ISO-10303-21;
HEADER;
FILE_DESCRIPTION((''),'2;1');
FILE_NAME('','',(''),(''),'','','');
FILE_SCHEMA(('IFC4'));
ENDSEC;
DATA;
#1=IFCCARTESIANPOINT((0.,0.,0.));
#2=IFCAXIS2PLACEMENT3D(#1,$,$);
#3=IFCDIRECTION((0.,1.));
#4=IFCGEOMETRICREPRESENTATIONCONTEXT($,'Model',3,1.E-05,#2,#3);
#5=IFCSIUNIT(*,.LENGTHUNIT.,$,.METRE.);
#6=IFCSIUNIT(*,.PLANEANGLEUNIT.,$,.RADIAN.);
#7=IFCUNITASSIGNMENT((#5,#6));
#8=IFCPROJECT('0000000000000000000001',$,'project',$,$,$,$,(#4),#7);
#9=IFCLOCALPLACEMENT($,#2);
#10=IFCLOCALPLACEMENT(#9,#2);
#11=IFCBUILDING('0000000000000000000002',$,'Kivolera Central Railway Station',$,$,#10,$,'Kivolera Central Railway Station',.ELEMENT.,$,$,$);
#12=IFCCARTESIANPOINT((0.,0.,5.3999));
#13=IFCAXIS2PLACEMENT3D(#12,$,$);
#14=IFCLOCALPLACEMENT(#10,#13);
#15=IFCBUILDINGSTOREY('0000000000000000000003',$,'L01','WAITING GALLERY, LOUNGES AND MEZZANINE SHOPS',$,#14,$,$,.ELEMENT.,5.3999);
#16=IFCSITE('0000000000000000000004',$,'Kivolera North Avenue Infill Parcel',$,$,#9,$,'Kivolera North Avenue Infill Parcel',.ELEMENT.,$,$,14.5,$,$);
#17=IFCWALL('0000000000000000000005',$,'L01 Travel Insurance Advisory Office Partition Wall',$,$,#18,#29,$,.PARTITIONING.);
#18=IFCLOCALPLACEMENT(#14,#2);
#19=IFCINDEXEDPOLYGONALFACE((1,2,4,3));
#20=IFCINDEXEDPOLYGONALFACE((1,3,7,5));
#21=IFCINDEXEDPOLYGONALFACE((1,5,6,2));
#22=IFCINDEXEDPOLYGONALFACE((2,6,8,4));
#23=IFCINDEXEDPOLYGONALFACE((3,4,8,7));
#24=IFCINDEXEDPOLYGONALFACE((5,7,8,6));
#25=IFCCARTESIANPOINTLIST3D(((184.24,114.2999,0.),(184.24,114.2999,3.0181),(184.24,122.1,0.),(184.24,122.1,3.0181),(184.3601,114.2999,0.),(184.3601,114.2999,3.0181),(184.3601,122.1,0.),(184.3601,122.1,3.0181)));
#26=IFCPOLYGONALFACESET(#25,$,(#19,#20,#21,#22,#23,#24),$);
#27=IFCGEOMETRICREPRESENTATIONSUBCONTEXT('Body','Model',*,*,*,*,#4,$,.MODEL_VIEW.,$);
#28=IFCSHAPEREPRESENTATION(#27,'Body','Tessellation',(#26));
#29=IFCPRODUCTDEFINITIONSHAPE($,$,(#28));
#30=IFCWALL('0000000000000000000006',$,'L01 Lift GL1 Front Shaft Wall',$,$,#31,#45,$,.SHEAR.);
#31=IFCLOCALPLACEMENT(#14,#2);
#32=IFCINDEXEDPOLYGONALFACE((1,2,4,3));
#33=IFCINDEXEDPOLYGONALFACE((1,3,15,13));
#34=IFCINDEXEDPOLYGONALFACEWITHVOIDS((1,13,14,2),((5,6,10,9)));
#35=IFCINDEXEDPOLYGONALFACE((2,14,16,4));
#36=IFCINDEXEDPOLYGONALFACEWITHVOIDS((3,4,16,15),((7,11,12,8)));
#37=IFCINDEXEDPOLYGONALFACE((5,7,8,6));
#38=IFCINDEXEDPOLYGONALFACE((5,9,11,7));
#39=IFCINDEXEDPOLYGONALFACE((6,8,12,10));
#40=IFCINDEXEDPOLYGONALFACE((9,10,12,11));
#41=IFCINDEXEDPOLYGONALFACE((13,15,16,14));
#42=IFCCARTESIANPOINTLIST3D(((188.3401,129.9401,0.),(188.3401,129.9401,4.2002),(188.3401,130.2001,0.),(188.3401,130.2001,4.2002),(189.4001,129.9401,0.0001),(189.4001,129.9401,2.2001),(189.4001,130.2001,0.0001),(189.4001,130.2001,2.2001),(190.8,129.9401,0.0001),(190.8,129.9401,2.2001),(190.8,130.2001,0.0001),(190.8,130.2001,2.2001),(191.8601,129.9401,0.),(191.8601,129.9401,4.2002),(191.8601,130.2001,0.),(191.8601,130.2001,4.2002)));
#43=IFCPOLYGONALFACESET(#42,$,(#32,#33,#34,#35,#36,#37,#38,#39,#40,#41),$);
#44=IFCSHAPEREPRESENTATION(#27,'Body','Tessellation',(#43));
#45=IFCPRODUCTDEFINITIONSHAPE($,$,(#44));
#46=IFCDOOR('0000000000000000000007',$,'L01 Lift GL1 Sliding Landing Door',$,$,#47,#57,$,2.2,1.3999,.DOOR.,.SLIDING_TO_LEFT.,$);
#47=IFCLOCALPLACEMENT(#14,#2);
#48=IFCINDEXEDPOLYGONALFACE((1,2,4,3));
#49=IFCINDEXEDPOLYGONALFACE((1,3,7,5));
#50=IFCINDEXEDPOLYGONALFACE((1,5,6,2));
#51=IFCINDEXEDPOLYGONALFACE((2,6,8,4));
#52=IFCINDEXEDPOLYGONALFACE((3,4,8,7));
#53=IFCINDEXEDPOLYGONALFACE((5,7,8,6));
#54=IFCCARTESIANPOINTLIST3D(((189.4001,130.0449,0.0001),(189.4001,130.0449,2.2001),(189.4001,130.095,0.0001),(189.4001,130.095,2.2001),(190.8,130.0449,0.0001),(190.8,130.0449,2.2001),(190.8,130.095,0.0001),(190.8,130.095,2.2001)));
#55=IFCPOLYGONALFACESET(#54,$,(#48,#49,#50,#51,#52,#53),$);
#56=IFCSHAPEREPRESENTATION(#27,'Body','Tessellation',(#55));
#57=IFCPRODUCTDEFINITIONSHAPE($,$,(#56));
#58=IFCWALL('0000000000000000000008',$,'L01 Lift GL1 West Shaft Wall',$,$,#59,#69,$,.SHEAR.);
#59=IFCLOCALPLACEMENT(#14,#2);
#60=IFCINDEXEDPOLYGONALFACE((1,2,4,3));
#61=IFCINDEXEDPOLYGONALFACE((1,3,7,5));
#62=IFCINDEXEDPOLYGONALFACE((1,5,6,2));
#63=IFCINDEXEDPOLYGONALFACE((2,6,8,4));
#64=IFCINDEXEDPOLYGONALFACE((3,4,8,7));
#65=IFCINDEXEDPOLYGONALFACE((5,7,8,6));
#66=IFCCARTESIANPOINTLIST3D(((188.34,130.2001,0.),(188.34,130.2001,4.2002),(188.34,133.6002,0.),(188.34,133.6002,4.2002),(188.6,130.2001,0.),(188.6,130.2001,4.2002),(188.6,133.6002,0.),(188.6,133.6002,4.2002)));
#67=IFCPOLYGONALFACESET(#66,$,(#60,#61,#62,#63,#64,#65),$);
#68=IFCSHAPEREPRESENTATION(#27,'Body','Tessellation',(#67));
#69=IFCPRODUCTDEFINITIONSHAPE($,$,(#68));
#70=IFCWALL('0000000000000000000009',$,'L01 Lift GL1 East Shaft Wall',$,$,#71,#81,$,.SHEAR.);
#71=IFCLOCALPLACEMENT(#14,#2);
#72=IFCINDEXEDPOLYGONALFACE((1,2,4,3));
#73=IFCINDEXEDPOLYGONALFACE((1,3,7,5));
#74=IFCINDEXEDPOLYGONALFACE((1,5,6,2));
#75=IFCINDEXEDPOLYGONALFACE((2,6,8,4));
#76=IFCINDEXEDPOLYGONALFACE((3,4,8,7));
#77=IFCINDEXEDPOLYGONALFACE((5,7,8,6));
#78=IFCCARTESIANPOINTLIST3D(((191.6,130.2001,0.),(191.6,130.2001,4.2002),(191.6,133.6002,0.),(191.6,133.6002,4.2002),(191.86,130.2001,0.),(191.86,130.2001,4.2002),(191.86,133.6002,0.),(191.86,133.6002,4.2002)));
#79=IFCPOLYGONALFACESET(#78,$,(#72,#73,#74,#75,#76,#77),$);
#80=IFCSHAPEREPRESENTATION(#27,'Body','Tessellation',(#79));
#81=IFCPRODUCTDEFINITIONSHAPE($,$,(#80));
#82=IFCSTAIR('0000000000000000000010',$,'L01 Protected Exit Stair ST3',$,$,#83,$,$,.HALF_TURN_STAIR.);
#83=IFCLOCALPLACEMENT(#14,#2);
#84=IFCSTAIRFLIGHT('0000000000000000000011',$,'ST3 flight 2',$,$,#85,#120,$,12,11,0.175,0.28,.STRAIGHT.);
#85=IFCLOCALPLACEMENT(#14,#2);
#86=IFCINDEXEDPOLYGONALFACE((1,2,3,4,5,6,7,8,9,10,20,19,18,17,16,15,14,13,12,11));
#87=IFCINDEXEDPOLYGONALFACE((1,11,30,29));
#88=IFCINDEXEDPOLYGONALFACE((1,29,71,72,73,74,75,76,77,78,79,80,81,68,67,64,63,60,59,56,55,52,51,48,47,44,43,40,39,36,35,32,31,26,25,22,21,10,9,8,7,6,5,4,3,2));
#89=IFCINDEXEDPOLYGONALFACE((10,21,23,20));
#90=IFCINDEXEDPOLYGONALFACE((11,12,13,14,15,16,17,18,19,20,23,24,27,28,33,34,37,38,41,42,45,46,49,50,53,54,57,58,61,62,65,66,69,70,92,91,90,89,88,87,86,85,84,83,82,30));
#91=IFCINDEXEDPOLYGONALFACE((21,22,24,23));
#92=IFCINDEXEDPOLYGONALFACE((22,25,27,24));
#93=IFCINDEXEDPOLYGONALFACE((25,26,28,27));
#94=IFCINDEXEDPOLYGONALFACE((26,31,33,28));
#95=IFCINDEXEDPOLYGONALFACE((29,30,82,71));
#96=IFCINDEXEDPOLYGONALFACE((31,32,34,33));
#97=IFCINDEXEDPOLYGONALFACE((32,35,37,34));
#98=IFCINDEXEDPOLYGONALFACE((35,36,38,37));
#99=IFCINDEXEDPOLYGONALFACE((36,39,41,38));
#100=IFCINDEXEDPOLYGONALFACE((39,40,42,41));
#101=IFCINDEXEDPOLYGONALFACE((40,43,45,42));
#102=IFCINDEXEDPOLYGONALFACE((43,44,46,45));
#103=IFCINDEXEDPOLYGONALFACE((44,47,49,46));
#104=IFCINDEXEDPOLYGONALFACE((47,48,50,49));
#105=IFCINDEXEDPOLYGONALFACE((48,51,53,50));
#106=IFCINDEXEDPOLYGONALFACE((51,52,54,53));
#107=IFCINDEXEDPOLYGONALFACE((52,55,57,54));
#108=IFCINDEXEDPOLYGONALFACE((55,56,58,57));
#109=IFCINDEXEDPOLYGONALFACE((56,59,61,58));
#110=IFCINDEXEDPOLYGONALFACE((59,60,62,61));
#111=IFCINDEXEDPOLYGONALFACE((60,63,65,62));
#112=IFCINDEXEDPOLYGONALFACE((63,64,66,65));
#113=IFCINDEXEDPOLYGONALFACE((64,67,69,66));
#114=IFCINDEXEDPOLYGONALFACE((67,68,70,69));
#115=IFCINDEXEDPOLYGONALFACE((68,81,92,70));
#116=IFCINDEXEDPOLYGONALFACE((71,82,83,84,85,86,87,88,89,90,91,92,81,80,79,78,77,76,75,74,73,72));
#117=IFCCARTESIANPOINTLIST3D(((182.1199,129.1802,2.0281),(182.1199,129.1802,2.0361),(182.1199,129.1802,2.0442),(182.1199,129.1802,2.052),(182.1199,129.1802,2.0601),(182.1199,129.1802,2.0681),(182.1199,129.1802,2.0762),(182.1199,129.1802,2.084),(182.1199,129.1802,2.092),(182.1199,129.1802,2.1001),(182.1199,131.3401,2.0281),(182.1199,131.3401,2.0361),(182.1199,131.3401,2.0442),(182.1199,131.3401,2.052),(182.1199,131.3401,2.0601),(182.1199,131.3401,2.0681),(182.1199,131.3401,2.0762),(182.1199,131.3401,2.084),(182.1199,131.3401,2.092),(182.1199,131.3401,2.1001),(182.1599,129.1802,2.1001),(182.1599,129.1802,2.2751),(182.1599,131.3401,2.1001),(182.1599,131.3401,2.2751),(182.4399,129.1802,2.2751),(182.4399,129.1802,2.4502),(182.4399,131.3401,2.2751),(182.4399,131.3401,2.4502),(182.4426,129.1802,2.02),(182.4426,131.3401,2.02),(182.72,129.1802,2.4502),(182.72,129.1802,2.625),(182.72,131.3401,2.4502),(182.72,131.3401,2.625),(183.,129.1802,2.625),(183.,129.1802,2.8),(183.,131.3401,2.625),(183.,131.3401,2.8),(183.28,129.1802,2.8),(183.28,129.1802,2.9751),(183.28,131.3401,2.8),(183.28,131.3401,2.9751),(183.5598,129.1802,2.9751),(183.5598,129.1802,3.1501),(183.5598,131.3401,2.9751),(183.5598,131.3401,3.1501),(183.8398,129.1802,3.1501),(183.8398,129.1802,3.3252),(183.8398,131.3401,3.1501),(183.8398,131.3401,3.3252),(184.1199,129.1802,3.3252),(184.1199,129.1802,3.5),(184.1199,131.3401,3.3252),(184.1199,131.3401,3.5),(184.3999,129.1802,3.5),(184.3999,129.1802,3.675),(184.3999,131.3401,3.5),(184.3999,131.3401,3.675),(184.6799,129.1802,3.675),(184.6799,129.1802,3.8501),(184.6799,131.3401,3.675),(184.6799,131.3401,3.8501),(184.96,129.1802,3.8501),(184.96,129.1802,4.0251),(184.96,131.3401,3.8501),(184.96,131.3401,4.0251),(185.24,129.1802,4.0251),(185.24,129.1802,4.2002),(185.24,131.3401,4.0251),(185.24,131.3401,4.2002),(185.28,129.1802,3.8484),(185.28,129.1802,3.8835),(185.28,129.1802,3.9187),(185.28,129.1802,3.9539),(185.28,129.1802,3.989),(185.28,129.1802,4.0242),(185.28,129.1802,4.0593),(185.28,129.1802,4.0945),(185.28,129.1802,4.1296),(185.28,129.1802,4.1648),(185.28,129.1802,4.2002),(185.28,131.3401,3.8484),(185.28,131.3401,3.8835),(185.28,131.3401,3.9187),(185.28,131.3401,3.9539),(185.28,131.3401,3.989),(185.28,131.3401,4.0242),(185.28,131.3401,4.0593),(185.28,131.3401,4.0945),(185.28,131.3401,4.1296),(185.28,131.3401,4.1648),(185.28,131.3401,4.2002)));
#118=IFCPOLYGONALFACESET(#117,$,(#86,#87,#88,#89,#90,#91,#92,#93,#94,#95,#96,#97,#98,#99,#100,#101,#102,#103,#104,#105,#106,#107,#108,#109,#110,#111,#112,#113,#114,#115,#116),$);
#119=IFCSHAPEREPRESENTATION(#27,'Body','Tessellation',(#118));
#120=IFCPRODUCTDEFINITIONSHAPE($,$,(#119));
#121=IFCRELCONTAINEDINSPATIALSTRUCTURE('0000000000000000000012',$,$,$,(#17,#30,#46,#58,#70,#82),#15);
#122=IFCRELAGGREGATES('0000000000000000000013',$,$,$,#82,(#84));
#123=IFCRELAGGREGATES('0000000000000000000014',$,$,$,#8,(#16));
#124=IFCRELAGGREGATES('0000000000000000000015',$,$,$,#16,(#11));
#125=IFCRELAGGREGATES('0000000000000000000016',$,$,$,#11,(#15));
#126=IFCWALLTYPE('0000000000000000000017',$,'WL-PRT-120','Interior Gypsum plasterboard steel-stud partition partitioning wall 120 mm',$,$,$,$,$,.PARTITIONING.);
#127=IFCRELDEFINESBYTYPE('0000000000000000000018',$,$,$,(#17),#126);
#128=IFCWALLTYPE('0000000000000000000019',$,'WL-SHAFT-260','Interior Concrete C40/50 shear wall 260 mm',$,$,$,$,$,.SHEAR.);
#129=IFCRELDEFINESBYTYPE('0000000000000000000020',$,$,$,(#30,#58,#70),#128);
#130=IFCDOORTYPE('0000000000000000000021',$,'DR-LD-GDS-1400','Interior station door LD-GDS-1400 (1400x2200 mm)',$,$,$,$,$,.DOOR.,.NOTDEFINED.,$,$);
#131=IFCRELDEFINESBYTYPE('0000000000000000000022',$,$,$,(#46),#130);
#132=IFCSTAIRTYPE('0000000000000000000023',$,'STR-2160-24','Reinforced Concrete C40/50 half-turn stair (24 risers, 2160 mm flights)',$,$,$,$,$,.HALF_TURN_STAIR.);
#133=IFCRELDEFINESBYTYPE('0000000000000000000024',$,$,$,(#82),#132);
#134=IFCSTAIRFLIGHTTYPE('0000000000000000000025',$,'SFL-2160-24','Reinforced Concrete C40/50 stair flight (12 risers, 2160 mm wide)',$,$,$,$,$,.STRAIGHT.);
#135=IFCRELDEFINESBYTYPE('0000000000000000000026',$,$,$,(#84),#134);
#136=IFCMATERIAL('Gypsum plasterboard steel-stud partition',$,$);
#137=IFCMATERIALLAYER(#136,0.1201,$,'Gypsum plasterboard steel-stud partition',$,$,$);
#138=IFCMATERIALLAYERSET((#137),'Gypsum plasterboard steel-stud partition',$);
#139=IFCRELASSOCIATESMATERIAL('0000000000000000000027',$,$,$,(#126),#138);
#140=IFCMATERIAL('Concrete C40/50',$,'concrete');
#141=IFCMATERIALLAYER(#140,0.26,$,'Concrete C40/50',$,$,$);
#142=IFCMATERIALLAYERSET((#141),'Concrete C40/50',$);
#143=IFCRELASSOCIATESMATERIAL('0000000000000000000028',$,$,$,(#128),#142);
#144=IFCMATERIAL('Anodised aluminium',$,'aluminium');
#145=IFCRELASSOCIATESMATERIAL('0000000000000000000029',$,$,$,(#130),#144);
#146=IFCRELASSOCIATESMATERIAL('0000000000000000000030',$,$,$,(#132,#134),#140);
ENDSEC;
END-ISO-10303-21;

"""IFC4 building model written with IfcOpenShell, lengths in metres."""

from ifc_helpers import new_model, si_unit, direction, frame, frame_2d, origin, place, context, subcontext, project, spatial, polyline, rectangle, outline, extrude, material, layer, layer_set, type_object, element, fill, aggregate, save


model = new_model("IFC4")

# Units and contexts
model_context = context("Model", 3, precision=1e-05, world=origin(), true_north=direction((0.0, 1.0)))
body_context = subcontext(model_context, "Body", "Model", "MODEL_VIEW")
ifc_project = project(units=[si_unit("LENGTHUNIT", "METRE"), si_unit("PLANEANGLEUNIT", "RADIAN")], contexts=[model_context])

# Site, building, storey
site_placement = place(None, origin())
site = spatial("IfcSite", under=ifc_project, at=site_placement, Name="Kivolera North Avenue Infill Parcel", LongName="Kivolera North Avenue Infill Parcel", CompositionType="ELEMENT", RefElevation=14.5)
building_placement = place(site_placement, origin())
building = spatial("IfcBuilding", under=site, at=building_placement, Name="Kivolera Central Railway Station", LongName="Kivolera Central Railway Station", CompositionType="ELEMENT")
storey_placement = place(building_placement, frame((0.0, 0.0, 5.3999)))
storey = spatial("IfcBuildingStorey", under=building, at=storey_placement, Name="L01", Description="WAITING GALLERY, LOUNGES AND MEZZANINE SHOPS", CompositionType="ELEMENT", Elevation=5.3999)

# Shared definitions
ifc_material_1 = material(Name="Concrete C40/50", Category="concrete")

# Shared definitions
ifc_material_2 = material(Name="Anodised aluminium", Category="aluminium")

# Wall
ifc_material_3 = material(Name="Gypsum plasterboard steel-stud partition")
ifc_layer_1 = layer(ifc_material_3, 0.1201, Name="Gypsum plasterboard steel-stud partition")
ifc_layer_set_1 = layer_set([ifc_layer_1], Name="Gypsum plasterboard steel-stud partition")
wall_type_1 = type_object("IfcWallType", Name="WL-PRT-120", Description="Interior Gypsum plasterboard steel-stud partition partitioning wall 120 mm", PredefinedType="PARTITIONING", material=ifc_layer_set_1)
wall_1_placement = place(storey_placement, frame((184.3, 114.3, 0.0), z_axis=(0.0, 0.0, 1.0), x_axis=(0.0, 1.0, 0.0)))
element("IfcWall", 1, at=wall_1_placement, inside=storey, type_object=wall_type_1, Name="L01 Travel Insurance Advisory Office Partition Wall", PredefinedType="PARTITIONING", context=body_context, shape_type="SweptSolid", body=[
    extrude(rectangle(XDim=7.8, YDim=0.1201, at=frame_2d((3.8999, 0.0))), origin(), (0.0, 0.0, 1.0), 3.0181),
])

# Wall, opening, door
ifc_layer_2 = layer(ifc_material_1, 0.26, Name="Concrete C40/50")
ifc_layer_set_2 = layer_set([ifc_layer_2], Name="Concrete C40/50")
wall_type_2 = type_object("IfcWallType", Name="WL-SHAFT-260", Description="Interior Concrete C40/50 shear wall 260 mm", PredefinedType="SHEAR", material=ifc_layer_set_2)
wall_2_placement = place(storey_placement, frame((188.3401, 130.0701, 0.0), z_axis=(0.0, 0.0, 1.0), x_axis=(1.0, 0.0, 0.0)))
wall_2 = element("IfcWall", 2, at=wall_2_placement, inside=storey, type_object=wall_type_2, Name="L01 Lift GL1 Front Shaft Wall", PredefinedType="SHEAR", context=body_context, shape_type="SweptSolid", body=[
    extrude(rectangle(XDim=3.52, YDim=0.26, at=frame_2d((1.76, 0.0))), origin(), (0.0, 0.0, 1.0), 4.2002),
])
opening_1_placement = place(wall_2_placement, frame((1.0601, 0.0, 0.0)))
opening_1 = element("IfcOpeningElement", 3, at=opening_1_placement, cuts=wall_2, PredefinedType="OPENING", context=body_context, shape_type="SweptSolid", body=[
    extrude(rectangle(XDim=1.3999, YDim=2.2, at=frame_2d((0.7, 1.1001))), frame((0.0, 0.1399, 0.0), z_axis=(0.0, -1.0, 0.0), x_axis=(1.0, 0.0, 0.0)), (0.0, 0.0, 1.0), 0.28),
])
door_type_1 = type_object("IfcDoorType", Name="DR-LD-GDS-1400", Description="Interior station door LD-GDS-1400 (1400x2200 mm)", OperationType="NOTDEFINED", PredefinedType="DOOR", material=ifc_material_2)
door_1_placement = place(opening_1_placement, origin())
door_1 = element("IfcDoor", 4, at=door_1_placement, inside=storey, type_object=door_type_1, Name="L01 Lift GL1 Sliding Landing Door", OperationType="SLIDING_TO_LEFT", OverallHeight=2.2, OverallWidth=1.3999, PredefinedType="DOOR", context=body_context, shape_type="SweptSolid", body=[
    extrude(rectangle(XDim=1.3999, YDim=2.2, at=frame_2d((0.7, 1.1001))), frame((0.0, 0.0249, 0.0), z_axis=(0.0, -1.0, 0.0), x_axis=(1.0, 0.0, 0.0)), (0.0, 0.0, 1.0), 0.05),
])
fill(opening_1, door_1)

# Walls
for number, where, z_axis, x_axis, name in (
    (5, (188.47, 130.2, 0.0), (0.0, 0.0, 1.0), (0.0, 1.0, 0.0), "L01 Lift GL1 West Shaft Wall"),
    (6, (191.73, 130.2, 0.0), (0.0, 0.0, 1.0), (0.0, 1.0, 0.0), "L01 Lift GL1 East Shaft Wall"),
):
    element("IfcWall", number, at=place(storey_placement, frame(where, z_axis=z_axis, x_axis=x_axis)), inside=storey, type_object=wall_type_2, Name=name, PredefinedType="SHEAR", context=body_context, shape_type="SweptSolid", body=[
        extrude(rectangle(XDim=3.4001, YDim=0.26, at=frame_2d((1.7002, 0.0))), origin(), (0.0, 0.0, 1.0), 4.2002),
    ])

# Stair, stair flight
stair_type = type_object("IfcStairType", Name="STR-2160-24", Description="Reinforced Concrete C40/50 half-turn stair (24 risers, 2160 mm flights)", PredefinedType="HALF_TURN_STAIR", material=ifc_material_1)
stair_placement = place(storey_placement, origin())
stair = element("IfcStair", 7, at=stair_placement, inside=storey, type_object=stair_type, Name="L01 Protected Exit Stair ST3", PredefinedType="HALF_TURN_STAIR")
stair_flight_type = type_object("IfcStairFlightType", Name="SFL-2160-24", Description="Reinforced Concrete C40/50 stair flight (12 risers, 2160 mm wide)", PredefinedType="STRAIGHT", material=ifc_material_1)
stair_flight_placement = place(storey_placement, frame((182.1599, 130.26, 2.1001), z_axis=(0.0, 0.0, 1.0), x_axis=(1.0, 0.0, 0.0)))
stair_flight = element("IfcStairFlight", 8, at=stair_flight_placement, type_object=stair_flight_type, Name="ST3 flight 2", NumberOfRisers=12, NumberOfTreads=11, PredefinedType="STRAIGHT", RiserHeight=0.175, TreadLength=0.28, context=body_context, shape_type="SweptSolid", body=[
    extrude(outline(polyline([(-0.04, 0.0), (0.0, 0.0), (0.0, 0.175), (0.28, 0.175), (0.28, 0.3501), (0.5601, 0.3501), (0.5601, 0.5249), (0.8401, 0.5249), (0.8401, 0.7), (1.1201, 0.7), (1.1201, 0.875), (1.3999, 0.875), (1.3999, 1.05), (1.6799, 1.05), (1.6799, 1.2251), (1.96, 1.2251), (1.96, 1.3999), (2.24, 1.3999), (2.24, 1.575), (2.52, 1.575), (2.52, 1.75), (2.8, 1.75), (2.8, 1.925), (3.0801, 1.925), (3.0801, 2.1001), (3.1201, 2.1001), (3.1201, 2.0647), (3.1201, 2.0295), (3.1201, 1.9944), (3.1201, 1.9592), (3.1201, 1.9241), (3.1201, 1.8889), (3.1201, 1.8538), (3.1201, 1.8186), (3.1201, 1.7834), (3.1201, 1.7483), (0.2827, -0.0801), (-0.04, -0.072), (-0.04, -0.064), (-0.04, -0.0559), (-0.04, -0.0481), (-0.04, -0.04), (-0.04, -0.032), (-0.04, -0.0239), (-0.04, -0.0161), (-0.04, -0.0081), (-0.04, 0.0)])), frame((0.0, 1.0801, 0.0), z_axis=(0.0, -1.0, 0.0), x_axis=(1.0, 0.0, 0.0)), (0.0, 0.0, 1.0), 2.1599),
])
aggregate(stair, [stair_flight])

save(model, "model.ifc")
